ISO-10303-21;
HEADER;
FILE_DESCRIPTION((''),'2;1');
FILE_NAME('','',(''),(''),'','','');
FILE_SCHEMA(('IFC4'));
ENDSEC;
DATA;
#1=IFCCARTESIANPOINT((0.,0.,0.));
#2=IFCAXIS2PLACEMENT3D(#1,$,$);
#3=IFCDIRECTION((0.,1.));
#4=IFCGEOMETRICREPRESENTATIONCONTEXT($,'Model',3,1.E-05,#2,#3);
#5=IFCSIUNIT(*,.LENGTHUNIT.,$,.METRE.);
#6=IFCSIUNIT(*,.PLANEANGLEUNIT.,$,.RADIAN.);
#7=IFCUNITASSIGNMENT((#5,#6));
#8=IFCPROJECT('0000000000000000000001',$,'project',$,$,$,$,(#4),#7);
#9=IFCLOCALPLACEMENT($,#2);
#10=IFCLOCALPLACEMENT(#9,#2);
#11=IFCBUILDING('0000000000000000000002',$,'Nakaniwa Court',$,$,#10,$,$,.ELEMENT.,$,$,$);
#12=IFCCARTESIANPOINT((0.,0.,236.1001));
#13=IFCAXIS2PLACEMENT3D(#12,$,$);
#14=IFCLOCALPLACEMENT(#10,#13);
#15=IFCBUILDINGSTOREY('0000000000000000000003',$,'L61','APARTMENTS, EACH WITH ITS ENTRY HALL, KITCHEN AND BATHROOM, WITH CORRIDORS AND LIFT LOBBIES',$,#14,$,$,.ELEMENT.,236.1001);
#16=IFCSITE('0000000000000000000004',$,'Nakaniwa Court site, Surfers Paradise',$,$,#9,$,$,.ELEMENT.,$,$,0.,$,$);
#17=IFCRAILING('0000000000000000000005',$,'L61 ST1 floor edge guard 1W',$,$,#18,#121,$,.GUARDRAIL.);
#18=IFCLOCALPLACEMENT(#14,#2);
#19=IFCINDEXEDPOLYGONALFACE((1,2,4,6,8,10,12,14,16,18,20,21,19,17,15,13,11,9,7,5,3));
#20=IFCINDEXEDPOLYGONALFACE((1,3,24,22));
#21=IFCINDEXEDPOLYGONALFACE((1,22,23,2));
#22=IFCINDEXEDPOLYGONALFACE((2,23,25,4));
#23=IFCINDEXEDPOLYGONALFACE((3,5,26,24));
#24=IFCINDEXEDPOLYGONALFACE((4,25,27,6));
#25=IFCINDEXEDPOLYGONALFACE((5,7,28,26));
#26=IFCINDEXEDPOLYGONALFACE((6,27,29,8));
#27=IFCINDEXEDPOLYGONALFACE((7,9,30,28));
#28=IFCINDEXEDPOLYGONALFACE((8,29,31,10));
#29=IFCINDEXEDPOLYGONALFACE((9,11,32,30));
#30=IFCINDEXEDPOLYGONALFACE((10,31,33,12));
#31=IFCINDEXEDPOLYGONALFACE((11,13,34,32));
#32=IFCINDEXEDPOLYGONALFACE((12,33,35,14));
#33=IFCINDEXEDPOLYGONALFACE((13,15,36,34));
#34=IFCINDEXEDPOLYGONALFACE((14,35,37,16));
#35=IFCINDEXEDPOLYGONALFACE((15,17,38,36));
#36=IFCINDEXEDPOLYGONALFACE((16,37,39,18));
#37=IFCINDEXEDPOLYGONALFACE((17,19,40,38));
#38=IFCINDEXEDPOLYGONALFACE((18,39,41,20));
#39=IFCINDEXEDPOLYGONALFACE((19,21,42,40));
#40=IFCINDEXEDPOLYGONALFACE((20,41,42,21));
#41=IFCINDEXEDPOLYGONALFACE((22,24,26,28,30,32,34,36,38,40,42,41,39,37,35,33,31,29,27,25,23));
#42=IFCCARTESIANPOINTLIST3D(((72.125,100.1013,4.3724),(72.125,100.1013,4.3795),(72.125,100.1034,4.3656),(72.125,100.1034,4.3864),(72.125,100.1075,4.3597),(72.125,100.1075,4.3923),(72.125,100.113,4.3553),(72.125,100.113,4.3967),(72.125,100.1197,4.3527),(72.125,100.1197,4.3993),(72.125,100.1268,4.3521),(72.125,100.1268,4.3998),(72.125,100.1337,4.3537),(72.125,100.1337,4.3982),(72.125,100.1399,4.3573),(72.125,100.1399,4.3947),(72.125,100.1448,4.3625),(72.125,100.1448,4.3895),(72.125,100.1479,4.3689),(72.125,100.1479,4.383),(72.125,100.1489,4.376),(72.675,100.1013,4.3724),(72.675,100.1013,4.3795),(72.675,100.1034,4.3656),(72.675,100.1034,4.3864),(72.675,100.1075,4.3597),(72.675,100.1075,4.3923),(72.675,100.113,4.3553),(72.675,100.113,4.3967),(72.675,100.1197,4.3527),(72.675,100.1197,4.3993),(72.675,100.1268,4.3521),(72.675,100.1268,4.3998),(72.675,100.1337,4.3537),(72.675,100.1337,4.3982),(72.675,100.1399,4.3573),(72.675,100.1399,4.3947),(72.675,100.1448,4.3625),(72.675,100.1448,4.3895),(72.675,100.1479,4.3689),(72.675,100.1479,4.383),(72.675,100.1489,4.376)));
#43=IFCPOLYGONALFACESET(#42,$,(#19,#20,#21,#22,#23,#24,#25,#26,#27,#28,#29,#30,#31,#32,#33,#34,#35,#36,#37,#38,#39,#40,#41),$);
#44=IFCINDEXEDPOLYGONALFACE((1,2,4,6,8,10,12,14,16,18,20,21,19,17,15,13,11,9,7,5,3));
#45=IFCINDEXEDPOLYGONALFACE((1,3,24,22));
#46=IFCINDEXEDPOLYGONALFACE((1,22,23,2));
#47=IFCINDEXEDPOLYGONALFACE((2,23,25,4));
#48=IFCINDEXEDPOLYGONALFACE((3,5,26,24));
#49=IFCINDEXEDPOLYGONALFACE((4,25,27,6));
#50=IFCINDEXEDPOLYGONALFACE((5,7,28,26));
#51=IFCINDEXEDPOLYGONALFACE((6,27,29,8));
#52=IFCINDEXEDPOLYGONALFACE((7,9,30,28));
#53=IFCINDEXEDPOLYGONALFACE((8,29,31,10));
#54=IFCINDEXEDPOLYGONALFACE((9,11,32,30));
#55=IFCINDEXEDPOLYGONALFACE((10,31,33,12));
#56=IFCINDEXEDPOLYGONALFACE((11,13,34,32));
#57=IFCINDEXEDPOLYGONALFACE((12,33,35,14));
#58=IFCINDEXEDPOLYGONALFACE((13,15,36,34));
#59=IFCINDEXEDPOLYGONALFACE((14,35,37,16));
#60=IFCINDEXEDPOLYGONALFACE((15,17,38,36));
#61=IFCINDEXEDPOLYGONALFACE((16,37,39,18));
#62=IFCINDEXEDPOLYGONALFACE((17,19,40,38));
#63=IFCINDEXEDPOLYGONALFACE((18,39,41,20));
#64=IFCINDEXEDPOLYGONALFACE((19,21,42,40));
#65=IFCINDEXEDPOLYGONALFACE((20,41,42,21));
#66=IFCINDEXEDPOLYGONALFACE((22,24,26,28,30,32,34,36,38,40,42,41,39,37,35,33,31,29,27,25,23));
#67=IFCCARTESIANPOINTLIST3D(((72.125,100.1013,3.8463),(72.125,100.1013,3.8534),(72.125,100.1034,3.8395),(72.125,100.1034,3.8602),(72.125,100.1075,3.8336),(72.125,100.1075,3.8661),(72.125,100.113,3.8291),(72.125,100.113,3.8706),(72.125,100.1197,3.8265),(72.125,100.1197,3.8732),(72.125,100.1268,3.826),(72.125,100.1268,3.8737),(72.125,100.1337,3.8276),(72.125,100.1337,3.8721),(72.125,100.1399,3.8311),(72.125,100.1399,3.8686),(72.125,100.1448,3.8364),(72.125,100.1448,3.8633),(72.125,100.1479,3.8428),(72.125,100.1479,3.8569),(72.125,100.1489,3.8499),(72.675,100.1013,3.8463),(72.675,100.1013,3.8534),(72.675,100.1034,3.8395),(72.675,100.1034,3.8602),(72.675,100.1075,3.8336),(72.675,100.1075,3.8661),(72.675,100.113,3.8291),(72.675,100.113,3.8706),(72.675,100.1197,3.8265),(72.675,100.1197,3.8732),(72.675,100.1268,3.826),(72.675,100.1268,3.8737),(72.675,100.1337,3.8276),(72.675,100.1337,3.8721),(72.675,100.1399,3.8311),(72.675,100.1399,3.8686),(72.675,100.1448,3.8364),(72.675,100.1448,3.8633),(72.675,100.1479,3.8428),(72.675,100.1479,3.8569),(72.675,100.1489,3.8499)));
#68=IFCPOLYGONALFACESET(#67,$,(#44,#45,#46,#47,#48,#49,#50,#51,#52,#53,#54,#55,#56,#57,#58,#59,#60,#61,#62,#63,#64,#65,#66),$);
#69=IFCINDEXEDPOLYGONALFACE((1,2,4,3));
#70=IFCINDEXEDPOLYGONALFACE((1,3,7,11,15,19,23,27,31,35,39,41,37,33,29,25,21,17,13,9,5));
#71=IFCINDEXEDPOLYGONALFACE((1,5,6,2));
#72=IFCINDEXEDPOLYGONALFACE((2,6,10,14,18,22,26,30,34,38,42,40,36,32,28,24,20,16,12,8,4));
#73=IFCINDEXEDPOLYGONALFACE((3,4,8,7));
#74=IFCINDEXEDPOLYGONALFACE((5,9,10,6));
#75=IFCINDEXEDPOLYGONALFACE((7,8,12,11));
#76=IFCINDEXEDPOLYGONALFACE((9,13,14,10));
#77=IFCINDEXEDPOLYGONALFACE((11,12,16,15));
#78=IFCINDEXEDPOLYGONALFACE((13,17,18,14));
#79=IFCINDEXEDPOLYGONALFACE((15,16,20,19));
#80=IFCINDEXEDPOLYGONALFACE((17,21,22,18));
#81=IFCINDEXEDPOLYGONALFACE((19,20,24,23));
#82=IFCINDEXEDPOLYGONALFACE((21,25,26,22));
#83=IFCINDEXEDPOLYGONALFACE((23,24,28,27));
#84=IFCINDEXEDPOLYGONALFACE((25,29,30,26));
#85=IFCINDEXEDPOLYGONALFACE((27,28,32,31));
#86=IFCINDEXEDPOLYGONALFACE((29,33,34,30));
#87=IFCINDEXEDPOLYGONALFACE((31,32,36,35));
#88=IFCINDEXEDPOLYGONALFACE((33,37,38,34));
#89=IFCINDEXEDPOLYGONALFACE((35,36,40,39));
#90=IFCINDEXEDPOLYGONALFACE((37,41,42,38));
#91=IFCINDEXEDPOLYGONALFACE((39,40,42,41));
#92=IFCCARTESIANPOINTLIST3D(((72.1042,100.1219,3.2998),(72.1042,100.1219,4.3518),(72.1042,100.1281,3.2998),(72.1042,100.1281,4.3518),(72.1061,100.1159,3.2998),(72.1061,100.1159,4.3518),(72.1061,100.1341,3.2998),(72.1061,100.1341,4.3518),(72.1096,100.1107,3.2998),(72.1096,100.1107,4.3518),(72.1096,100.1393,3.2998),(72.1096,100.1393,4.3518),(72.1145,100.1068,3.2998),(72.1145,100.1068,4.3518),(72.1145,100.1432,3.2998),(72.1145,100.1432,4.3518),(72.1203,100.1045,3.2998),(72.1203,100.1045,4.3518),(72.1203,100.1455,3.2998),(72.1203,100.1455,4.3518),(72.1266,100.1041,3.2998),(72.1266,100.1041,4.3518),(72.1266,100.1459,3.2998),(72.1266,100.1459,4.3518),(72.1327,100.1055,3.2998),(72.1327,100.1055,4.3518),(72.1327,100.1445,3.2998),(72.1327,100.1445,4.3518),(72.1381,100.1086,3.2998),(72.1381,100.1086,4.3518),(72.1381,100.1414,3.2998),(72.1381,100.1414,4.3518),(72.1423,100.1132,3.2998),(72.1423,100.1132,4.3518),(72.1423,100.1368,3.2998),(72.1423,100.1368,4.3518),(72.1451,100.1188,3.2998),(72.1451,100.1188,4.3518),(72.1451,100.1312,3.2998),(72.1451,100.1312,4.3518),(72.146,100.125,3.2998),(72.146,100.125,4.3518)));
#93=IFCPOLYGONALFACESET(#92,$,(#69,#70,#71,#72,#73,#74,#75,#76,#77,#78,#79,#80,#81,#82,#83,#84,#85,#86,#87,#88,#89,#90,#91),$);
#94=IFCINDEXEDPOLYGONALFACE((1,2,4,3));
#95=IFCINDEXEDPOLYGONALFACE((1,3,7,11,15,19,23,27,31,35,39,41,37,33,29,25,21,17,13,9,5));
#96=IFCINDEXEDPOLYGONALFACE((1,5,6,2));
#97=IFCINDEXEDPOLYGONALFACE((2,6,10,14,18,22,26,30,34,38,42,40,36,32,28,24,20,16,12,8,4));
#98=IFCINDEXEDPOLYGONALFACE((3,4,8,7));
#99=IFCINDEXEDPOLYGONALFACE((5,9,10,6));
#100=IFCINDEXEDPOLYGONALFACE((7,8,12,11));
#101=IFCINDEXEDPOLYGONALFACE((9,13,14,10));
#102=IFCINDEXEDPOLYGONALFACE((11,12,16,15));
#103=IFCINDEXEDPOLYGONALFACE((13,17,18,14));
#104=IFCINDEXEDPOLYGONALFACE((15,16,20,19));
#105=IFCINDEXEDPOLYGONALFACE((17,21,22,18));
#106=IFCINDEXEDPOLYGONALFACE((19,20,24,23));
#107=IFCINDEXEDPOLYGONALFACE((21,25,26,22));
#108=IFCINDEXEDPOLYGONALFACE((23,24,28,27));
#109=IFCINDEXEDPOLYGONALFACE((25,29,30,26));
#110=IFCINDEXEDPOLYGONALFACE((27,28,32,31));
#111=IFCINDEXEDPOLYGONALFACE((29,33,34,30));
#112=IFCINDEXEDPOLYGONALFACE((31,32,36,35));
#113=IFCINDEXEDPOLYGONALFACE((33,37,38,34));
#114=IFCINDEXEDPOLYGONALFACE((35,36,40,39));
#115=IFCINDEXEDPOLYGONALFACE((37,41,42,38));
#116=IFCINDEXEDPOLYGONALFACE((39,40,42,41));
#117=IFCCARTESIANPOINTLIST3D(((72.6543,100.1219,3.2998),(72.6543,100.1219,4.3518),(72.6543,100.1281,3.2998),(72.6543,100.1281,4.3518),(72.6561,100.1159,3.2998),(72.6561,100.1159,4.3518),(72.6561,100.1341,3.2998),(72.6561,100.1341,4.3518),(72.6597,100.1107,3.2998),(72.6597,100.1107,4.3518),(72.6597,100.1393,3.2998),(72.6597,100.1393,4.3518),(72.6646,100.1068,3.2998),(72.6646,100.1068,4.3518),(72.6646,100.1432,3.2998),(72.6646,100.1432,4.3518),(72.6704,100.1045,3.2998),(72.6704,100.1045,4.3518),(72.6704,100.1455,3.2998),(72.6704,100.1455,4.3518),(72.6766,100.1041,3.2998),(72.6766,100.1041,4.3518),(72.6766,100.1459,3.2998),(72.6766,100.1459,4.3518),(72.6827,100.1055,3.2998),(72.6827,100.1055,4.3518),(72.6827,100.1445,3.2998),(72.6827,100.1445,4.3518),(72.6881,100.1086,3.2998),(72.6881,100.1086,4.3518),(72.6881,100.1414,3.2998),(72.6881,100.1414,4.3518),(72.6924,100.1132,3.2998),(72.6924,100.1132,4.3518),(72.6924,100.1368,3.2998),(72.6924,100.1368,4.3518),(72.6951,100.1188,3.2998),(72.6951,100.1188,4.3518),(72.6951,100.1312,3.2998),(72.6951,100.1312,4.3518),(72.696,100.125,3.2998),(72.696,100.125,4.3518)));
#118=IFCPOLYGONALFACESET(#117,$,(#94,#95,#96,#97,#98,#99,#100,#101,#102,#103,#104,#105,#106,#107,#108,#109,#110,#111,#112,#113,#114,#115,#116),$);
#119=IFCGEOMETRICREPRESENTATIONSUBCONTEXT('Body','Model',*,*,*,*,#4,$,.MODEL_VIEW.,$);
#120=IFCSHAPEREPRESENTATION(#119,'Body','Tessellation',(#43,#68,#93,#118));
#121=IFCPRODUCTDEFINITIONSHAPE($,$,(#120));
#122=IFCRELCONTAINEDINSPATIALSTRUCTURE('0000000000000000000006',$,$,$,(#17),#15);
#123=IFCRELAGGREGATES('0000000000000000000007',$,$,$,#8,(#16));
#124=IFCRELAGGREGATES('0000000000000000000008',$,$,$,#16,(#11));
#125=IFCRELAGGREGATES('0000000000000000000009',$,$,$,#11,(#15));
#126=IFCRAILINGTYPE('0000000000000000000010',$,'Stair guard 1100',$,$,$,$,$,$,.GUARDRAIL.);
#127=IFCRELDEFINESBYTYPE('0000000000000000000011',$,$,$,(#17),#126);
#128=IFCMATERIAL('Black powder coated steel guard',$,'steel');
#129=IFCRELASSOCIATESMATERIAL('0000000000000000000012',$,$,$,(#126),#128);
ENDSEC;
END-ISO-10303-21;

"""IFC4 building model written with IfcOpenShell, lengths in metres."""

from ifc_helpers import new_model, si_unit, direction, frame, origin, origin_2d, place, context, subcontext, project, spatial, circle, extrude, material, type_object, element, save


model = new_model("IFC4")

# Units and contexts
model_context = context("Model", 3, precision=1e-05, world=origin(), true_north=direction((0.0, 1.0)))
body_context = subcontext(model_context, "Body", "Model", "MODEL_VIEW")
ifc_project = project(units=[si_unit("LENGTHUNIT", "METRE"), si_unit("PLANEANGLEUNIT", "RADIAN")], contexts=[model_context])

# Site, building, storey
site_placement = place(None, origin())
site = spatial("IfcSite", under=ifc_project, at=site_placement, Name="Nakaniwa Court site, Surfers Paradise", CompositionType="ELEMENT", RefElevation=0.0)
building_placement = place(site_placement, origin())
building = spatial("IfcBuilding", under=site, at=building_placement, Name="Nakaniwa Court", CompositionType="ELEMENT")
storey_placement = place(building_placement, frame((0.0, 0.0, 236.1001)))
storey = spatial("IfcBuildingStorey", under=building, at=storey_placement, Name="L61", Description="APARTMENTS, EACH WITH ITS ENTRY HALL, KITCHEN AND BATHROOM, WITH CORRIDORS AND LIFT LOBBIES", CompositionType="ELEMENT", Elevation=236.1001)

# Railing
ifc_material_1 = material(Name="Black powder coated steel guard", Category="steel")
railing_type_1 = type_object("IfcRailingType", Name="Stair guard 1100", PredefinedType="GUARDRAIL", material=ifc_material_1)
for number, where, name in (
    (1, (72.125, 100.125, 3.2998), "L61 ST1 floor edge guard 1W"),
):
    element("IfcRailing", number, at=place(storey_placement, frame(where)), inside=storey, type_object=railing_type_1, Name=name, PredefinedType="GUARDRAIL", context=body_context, shape_type="SweptSolid", body=[
        extrude(circle(Radius=0.0239, at=origin_2d()), frame((0.0, 0.0, 1.0762), z_axis=(1.0, 0.0, 0.0), x_axis=(0.0, 1.0, 0.0)), (0.0, 0.0, 1.0), 0.55),
        extrude(circle(Radius=0.0239, at=origin_2d()), frame((0.0, 0.0, 0.55), z_axis=(1.0, 0.0, 0.0), x_axis=(0.0, 1.0, 0.0)), (0.0, 0.0, 1.0), 0.55),
        extrude(circle(Radius=0.021, at=origin_2d()), origin(), (0.0, 0.0, 1.0), 1.052),
        extrude(circle(Radius=0.021, at=origin_2d()), frame((0.55, 0.0, 0.0)), (0.0, 0.0, 1.0), 1.052),
    ])

save(model, "model.ifc")
